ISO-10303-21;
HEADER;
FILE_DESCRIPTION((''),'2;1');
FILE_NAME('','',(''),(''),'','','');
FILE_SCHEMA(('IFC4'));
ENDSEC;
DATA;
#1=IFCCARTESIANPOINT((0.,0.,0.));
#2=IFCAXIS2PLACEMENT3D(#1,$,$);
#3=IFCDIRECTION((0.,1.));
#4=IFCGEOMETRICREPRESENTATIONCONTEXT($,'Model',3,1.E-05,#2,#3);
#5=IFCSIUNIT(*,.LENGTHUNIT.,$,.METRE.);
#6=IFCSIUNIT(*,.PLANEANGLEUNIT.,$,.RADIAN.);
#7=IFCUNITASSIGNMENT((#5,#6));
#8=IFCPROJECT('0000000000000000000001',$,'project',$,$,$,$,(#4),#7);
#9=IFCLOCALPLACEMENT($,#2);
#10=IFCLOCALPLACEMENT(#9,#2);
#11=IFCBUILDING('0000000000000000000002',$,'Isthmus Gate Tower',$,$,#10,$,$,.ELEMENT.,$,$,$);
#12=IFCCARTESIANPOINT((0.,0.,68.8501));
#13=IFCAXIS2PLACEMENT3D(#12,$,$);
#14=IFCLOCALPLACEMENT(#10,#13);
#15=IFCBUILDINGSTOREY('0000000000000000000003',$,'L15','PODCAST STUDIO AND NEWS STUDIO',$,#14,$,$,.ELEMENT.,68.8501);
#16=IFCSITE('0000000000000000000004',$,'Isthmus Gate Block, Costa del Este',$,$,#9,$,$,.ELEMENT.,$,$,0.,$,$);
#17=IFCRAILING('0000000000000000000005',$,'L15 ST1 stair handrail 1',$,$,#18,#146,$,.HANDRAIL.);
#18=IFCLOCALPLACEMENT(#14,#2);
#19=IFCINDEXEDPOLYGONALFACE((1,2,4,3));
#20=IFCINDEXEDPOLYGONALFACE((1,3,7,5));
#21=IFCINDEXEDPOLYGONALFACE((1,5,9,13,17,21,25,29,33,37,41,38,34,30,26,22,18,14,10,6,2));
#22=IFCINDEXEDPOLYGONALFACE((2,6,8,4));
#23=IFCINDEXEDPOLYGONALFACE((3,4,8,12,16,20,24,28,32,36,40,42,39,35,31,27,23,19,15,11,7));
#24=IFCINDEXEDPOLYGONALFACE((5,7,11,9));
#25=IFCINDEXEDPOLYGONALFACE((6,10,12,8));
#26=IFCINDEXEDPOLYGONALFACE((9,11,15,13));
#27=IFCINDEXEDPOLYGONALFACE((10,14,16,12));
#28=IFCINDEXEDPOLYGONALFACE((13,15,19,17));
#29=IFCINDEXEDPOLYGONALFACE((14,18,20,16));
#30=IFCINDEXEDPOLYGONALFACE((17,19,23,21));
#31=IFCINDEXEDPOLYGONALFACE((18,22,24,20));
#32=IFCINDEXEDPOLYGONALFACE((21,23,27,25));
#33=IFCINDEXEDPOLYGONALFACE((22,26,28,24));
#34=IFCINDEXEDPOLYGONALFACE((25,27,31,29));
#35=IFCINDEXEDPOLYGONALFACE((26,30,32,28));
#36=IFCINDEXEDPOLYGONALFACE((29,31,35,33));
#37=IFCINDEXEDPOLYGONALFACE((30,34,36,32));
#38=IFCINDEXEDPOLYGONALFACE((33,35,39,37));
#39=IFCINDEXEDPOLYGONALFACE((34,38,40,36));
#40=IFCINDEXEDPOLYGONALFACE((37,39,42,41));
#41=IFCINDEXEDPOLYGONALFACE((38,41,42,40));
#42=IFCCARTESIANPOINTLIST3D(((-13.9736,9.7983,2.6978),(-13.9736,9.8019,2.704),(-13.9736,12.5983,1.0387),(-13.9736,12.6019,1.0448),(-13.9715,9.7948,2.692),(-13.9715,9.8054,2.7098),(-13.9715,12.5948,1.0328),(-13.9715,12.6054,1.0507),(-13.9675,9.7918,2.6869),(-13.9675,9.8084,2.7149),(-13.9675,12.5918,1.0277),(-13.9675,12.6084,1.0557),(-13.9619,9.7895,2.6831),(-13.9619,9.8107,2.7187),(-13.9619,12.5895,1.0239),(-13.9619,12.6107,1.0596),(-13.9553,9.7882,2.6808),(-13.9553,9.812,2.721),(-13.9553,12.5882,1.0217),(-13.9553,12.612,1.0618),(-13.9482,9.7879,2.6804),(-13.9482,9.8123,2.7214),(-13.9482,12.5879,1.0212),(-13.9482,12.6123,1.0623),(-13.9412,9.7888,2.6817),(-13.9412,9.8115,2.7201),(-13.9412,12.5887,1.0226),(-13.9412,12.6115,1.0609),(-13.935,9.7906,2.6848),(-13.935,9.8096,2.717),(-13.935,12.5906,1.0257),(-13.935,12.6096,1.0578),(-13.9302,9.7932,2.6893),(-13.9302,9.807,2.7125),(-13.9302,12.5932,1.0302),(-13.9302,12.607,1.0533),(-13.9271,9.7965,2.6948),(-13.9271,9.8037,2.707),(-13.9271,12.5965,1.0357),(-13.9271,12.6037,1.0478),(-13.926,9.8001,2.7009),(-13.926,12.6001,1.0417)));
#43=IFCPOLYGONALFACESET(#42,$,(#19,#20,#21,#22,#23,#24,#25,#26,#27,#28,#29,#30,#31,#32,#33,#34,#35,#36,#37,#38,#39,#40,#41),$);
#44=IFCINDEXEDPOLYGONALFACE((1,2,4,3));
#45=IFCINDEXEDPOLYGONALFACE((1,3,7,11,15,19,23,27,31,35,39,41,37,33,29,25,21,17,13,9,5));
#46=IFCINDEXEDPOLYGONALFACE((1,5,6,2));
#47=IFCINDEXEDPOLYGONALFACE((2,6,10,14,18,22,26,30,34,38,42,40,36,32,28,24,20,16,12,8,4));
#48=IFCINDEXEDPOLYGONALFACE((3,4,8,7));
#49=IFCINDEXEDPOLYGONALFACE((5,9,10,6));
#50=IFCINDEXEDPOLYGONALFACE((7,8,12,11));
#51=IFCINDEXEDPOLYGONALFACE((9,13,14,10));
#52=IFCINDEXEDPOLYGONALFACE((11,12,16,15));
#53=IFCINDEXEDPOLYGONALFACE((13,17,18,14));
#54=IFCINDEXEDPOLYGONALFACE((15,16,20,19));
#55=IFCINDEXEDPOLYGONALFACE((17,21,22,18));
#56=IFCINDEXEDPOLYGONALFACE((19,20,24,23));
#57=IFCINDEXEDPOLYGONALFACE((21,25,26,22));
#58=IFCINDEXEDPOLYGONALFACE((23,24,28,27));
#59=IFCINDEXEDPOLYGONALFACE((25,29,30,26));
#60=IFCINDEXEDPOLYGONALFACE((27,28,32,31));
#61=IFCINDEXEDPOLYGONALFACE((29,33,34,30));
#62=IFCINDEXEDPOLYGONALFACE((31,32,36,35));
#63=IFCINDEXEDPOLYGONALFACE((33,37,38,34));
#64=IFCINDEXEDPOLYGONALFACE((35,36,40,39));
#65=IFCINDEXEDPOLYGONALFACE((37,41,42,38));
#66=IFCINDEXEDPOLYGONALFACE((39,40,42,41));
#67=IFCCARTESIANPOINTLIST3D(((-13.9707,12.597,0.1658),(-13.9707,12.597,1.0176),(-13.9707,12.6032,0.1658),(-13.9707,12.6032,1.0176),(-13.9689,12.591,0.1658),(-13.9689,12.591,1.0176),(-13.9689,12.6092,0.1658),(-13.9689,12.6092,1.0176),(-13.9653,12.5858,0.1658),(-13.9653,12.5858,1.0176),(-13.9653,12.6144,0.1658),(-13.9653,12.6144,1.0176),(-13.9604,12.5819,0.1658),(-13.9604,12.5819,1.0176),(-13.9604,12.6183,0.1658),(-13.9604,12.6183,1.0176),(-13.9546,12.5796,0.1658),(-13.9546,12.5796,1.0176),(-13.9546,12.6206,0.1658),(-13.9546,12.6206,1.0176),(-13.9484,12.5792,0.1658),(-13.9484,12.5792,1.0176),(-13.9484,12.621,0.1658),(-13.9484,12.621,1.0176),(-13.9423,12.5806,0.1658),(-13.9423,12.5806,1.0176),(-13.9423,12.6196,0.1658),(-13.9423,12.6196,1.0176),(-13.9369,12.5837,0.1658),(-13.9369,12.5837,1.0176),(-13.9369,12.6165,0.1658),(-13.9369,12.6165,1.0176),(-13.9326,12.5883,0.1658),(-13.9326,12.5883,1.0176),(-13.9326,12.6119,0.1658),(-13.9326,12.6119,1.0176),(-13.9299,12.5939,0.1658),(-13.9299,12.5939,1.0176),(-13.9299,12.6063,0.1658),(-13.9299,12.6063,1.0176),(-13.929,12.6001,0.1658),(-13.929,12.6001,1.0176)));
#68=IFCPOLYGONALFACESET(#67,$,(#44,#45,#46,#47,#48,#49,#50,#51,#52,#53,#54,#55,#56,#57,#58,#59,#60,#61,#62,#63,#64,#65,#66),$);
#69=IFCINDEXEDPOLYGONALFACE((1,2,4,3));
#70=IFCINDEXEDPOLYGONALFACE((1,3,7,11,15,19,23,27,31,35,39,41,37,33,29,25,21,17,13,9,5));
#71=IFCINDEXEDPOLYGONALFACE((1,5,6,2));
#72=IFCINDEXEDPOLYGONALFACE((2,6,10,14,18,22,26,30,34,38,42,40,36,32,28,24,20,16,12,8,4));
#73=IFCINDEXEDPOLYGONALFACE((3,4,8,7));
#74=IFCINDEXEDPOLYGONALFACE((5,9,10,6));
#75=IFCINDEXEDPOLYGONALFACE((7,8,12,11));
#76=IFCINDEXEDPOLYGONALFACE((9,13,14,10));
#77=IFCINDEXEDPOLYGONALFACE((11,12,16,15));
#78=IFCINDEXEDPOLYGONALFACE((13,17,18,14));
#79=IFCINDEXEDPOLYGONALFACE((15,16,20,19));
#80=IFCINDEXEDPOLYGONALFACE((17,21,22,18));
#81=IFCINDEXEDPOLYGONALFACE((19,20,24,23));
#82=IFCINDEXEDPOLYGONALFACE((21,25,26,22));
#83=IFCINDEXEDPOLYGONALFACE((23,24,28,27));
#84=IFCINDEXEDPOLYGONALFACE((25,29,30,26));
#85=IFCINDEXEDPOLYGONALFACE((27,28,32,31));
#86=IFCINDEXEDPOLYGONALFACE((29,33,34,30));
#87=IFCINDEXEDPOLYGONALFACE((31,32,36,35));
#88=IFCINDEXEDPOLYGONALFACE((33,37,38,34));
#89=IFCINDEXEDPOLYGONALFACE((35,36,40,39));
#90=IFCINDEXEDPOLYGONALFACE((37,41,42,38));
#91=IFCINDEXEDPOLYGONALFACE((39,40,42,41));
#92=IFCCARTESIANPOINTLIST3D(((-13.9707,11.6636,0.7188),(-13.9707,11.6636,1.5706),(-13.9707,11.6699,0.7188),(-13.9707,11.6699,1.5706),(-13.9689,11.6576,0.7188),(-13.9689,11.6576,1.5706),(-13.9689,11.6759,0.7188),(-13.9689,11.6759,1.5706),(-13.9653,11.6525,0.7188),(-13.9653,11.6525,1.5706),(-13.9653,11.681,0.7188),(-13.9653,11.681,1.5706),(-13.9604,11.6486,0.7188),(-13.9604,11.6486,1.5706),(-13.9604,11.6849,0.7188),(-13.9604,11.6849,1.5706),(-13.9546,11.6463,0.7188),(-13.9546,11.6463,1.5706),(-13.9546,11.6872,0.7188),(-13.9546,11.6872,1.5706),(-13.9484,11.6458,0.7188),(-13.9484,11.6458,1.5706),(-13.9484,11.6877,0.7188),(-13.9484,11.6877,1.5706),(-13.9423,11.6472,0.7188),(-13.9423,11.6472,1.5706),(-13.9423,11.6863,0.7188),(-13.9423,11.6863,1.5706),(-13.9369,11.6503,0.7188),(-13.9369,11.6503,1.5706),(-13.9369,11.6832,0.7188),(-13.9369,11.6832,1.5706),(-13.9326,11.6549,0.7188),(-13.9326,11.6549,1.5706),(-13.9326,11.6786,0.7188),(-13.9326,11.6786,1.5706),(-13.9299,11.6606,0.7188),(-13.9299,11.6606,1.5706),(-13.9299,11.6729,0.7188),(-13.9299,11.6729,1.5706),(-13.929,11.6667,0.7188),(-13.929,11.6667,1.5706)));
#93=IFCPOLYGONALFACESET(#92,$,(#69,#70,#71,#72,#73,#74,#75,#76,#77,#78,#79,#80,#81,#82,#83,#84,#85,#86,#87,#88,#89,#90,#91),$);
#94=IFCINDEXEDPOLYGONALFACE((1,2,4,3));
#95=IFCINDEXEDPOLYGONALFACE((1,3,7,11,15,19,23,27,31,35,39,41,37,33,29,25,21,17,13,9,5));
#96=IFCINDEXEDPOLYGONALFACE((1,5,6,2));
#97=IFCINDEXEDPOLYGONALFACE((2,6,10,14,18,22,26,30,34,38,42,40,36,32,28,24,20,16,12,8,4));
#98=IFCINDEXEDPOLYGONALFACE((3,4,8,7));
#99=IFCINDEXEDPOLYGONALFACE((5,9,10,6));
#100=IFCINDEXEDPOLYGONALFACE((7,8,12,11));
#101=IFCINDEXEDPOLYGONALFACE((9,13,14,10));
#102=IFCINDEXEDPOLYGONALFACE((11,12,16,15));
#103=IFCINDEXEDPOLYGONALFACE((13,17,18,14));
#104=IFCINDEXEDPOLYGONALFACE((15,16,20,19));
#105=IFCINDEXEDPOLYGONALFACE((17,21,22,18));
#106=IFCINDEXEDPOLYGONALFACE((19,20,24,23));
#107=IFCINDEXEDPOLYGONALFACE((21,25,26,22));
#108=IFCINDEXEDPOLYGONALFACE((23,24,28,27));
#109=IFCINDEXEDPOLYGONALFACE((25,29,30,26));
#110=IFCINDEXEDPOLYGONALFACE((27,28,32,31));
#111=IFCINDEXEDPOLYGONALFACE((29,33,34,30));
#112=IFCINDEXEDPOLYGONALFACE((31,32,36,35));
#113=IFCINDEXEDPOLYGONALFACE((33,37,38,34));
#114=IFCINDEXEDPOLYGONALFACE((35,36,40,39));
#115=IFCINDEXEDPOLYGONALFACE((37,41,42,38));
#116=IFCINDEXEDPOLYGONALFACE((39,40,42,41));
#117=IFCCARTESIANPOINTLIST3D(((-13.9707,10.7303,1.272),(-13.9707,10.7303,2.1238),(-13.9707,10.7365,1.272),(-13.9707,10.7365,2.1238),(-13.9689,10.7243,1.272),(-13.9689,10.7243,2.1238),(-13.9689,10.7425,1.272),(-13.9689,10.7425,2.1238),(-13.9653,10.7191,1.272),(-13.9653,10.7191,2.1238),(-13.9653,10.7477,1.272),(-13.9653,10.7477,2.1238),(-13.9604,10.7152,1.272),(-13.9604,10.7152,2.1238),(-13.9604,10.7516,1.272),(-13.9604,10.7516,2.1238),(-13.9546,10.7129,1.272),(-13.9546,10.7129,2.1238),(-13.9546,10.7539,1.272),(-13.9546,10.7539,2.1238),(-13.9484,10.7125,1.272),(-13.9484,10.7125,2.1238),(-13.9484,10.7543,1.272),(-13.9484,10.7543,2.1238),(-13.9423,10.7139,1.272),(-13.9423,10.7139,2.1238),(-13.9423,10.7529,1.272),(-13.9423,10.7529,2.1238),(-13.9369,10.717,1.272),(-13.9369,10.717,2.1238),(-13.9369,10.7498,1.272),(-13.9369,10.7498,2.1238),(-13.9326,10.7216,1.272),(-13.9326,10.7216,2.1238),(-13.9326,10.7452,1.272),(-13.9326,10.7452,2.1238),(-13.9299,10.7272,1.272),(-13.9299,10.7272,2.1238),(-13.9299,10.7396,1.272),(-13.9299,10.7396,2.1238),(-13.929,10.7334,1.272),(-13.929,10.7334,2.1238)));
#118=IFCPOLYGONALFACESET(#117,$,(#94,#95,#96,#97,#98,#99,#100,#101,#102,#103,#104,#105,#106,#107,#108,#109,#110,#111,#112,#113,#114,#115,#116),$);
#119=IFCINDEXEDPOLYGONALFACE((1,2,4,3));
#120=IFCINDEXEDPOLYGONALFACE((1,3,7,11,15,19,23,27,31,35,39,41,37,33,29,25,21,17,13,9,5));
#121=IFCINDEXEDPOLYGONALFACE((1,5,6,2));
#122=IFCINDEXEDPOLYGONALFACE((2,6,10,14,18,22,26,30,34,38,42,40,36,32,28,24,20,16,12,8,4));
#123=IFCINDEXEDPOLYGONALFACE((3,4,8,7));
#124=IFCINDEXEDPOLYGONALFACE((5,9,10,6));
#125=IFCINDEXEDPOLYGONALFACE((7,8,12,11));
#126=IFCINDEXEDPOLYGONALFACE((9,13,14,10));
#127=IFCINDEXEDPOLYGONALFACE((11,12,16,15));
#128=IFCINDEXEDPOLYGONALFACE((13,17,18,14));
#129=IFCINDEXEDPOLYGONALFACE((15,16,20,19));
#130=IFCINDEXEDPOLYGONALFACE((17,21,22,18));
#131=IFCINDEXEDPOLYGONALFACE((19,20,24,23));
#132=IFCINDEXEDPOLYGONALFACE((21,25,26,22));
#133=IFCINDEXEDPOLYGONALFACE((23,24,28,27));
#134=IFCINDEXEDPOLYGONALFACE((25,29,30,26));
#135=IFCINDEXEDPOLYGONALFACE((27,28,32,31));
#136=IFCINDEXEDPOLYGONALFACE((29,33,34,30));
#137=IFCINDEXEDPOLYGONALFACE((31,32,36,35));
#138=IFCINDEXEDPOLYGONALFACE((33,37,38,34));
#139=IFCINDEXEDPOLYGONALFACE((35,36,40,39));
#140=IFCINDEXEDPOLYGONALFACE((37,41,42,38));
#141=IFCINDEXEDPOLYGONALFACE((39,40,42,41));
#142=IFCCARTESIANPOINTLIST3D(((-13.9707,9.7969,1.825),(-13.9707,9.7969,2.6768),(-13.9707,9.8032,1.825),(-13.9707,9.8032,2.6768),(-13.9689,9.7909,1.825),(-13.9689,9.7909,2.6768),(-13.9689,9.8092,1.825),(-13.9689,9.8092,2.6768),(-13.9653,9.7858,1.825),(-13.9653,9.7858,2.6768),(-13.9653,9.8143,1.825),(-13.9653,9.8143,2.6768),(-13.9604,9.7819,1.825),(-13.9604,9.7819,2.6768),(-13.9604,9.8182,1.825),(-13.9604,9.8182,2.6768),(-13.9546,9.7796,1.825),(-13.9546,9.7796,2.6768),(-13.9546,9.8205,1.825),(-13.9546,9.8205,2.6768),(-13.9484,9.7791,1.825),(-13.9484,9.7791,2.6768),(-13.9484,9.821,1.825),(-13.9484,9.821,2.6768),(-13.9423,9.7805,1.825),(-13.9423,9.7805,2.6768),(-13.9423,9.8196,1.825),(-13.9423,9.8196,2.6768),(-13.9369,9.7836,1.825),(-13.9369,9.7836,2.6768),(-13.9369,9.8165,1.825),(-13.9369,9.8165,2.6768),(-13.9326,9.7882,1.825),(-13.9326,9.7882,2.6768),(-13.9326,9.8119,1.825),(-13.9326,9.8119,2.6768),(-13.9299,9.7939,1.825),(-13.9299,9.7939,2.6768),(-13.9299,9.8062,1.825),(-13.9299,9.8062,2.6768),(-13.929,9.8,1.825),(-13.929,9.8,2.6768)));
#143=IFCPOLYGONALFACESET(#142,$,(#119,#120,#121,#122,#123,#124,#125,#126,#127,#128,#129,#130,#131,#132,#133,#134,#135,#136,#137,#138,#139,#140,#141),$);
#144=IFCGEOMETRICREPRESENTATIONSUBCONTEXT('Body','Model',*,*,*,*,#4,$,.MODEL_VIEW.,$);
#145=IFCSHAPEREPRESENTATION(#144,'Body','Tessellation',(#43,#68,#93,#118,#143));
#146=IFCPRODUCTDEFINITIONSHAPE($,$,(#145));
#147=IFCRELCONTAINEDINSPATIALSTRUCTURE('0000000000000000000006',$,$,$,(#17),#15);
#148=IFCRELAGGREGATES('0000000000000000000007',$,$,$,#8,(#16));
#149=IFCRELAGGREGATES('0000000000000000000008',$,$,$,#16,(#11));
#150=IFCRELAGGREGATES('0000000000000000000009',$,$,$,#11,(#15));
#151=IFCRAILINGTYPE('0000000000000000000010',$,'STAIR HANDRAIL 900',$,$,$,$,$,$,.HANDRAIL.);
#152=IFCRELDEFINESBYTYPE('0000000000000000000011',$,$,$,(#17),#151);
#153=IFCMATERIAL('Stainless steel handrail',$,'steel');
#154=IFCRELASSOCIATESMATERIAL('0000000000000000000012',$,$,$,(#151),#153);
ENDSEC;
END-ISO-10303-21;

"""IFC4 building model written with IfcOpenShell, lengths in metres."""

from ifc_helpers import new_model, si_unit, direction, frame, origin, origin_2d, place, context, subcontext, project, spatial, circle, extrude, material, type_object, element, save


model = new_model("IFC4")

# Units and contexts
model_context = context("Model", 3, precision=1e-05, world=origin(), true_north=direction((0.0, 1.0)))
body_context = subcontext(model_context, "Body", "Model", "MODEL_VIEW")
ifc_project = project(units=[si_unit("LENGTHUNIT", "METRE"), si_unit("PLANEANGLEUNIT", "RADIAN")], contexts=[model_context])

# Site, building, storey
site_placement = place(None, origin())
site = spatial("IfcSite", under=ifc_project, at=site_placement, Name="Isthmus Gate Block, Costa del Este", CompositionType="ELEMENT", RefElevation=0.0)
building_placement = place(site_placement, origin())
building = spatial("IfcBuilding", under=site, at=building_placement, Name="Isthmus Gate Tower", CompositionType="ELEMENT")
storey_placement = place(building_placement, frame((0.0, 0.0, 68.8501)))
storey = spatial("IfcBuildingStorey", under=building, at=storey_placement, Name="L15", Description="PODCAST STUDIO AND NEWS STUDIO", CompositionType="ELEMENT", Elevation=68.8501)

# Railing
ifc_material_1 = material(Name="Stainless steel handrail", Category="steel")
railing_type_1 = type_object("IfcRailingType", Name="STAIR HANDRAIL 900", PredefinedType="HANDRAIL", material=ifc_material_1)
railing_1_placement = place(storey_placement, frame((-13.95, 12.6001, 0.1658)))
element("IfcRailing", 1, at=railing_1_placement, inside=storey, type_object=railing_type_1, Name="L15 ST1 stair handrail 1", PredefinedType="HANDRAIL", context=body_context, shape_type="SweptSolid", body=[
    extrude(circle(Radius=0.0239, at=origin_2d()), frame((0.0, 0.0, 0.876), z_axis=(0.0, -0.860306, 0.509778), x_axis=(1.0, 0.0, 0.0)), (0.0, 0.0, 1.0), 3.2546),
    extrude(circle(Radius=0.021, at=origin_2d()), origin(), (0.0, 0.0, 1.0), 0.8518),
    extrude(circle(Radius=0.021, at=origin_2d()), frame((0.0, -0.9333, 0.553)), (0.0, 0.0, 1.0), 0.8518),
    extrude(circle(Radius=0.021, at=origin_2d()), frame((0.0, -1.8667, 1.1062)), (0.0, 0.0, 1.0), 0.8518),
    extrude(circle(Radius=0.021, at=origin_2d()), frame((0.0, -2.8, 1.6592)), (0.0, 0.0, 1.0), 0.8518),
])

save(model, "model.ifc")
